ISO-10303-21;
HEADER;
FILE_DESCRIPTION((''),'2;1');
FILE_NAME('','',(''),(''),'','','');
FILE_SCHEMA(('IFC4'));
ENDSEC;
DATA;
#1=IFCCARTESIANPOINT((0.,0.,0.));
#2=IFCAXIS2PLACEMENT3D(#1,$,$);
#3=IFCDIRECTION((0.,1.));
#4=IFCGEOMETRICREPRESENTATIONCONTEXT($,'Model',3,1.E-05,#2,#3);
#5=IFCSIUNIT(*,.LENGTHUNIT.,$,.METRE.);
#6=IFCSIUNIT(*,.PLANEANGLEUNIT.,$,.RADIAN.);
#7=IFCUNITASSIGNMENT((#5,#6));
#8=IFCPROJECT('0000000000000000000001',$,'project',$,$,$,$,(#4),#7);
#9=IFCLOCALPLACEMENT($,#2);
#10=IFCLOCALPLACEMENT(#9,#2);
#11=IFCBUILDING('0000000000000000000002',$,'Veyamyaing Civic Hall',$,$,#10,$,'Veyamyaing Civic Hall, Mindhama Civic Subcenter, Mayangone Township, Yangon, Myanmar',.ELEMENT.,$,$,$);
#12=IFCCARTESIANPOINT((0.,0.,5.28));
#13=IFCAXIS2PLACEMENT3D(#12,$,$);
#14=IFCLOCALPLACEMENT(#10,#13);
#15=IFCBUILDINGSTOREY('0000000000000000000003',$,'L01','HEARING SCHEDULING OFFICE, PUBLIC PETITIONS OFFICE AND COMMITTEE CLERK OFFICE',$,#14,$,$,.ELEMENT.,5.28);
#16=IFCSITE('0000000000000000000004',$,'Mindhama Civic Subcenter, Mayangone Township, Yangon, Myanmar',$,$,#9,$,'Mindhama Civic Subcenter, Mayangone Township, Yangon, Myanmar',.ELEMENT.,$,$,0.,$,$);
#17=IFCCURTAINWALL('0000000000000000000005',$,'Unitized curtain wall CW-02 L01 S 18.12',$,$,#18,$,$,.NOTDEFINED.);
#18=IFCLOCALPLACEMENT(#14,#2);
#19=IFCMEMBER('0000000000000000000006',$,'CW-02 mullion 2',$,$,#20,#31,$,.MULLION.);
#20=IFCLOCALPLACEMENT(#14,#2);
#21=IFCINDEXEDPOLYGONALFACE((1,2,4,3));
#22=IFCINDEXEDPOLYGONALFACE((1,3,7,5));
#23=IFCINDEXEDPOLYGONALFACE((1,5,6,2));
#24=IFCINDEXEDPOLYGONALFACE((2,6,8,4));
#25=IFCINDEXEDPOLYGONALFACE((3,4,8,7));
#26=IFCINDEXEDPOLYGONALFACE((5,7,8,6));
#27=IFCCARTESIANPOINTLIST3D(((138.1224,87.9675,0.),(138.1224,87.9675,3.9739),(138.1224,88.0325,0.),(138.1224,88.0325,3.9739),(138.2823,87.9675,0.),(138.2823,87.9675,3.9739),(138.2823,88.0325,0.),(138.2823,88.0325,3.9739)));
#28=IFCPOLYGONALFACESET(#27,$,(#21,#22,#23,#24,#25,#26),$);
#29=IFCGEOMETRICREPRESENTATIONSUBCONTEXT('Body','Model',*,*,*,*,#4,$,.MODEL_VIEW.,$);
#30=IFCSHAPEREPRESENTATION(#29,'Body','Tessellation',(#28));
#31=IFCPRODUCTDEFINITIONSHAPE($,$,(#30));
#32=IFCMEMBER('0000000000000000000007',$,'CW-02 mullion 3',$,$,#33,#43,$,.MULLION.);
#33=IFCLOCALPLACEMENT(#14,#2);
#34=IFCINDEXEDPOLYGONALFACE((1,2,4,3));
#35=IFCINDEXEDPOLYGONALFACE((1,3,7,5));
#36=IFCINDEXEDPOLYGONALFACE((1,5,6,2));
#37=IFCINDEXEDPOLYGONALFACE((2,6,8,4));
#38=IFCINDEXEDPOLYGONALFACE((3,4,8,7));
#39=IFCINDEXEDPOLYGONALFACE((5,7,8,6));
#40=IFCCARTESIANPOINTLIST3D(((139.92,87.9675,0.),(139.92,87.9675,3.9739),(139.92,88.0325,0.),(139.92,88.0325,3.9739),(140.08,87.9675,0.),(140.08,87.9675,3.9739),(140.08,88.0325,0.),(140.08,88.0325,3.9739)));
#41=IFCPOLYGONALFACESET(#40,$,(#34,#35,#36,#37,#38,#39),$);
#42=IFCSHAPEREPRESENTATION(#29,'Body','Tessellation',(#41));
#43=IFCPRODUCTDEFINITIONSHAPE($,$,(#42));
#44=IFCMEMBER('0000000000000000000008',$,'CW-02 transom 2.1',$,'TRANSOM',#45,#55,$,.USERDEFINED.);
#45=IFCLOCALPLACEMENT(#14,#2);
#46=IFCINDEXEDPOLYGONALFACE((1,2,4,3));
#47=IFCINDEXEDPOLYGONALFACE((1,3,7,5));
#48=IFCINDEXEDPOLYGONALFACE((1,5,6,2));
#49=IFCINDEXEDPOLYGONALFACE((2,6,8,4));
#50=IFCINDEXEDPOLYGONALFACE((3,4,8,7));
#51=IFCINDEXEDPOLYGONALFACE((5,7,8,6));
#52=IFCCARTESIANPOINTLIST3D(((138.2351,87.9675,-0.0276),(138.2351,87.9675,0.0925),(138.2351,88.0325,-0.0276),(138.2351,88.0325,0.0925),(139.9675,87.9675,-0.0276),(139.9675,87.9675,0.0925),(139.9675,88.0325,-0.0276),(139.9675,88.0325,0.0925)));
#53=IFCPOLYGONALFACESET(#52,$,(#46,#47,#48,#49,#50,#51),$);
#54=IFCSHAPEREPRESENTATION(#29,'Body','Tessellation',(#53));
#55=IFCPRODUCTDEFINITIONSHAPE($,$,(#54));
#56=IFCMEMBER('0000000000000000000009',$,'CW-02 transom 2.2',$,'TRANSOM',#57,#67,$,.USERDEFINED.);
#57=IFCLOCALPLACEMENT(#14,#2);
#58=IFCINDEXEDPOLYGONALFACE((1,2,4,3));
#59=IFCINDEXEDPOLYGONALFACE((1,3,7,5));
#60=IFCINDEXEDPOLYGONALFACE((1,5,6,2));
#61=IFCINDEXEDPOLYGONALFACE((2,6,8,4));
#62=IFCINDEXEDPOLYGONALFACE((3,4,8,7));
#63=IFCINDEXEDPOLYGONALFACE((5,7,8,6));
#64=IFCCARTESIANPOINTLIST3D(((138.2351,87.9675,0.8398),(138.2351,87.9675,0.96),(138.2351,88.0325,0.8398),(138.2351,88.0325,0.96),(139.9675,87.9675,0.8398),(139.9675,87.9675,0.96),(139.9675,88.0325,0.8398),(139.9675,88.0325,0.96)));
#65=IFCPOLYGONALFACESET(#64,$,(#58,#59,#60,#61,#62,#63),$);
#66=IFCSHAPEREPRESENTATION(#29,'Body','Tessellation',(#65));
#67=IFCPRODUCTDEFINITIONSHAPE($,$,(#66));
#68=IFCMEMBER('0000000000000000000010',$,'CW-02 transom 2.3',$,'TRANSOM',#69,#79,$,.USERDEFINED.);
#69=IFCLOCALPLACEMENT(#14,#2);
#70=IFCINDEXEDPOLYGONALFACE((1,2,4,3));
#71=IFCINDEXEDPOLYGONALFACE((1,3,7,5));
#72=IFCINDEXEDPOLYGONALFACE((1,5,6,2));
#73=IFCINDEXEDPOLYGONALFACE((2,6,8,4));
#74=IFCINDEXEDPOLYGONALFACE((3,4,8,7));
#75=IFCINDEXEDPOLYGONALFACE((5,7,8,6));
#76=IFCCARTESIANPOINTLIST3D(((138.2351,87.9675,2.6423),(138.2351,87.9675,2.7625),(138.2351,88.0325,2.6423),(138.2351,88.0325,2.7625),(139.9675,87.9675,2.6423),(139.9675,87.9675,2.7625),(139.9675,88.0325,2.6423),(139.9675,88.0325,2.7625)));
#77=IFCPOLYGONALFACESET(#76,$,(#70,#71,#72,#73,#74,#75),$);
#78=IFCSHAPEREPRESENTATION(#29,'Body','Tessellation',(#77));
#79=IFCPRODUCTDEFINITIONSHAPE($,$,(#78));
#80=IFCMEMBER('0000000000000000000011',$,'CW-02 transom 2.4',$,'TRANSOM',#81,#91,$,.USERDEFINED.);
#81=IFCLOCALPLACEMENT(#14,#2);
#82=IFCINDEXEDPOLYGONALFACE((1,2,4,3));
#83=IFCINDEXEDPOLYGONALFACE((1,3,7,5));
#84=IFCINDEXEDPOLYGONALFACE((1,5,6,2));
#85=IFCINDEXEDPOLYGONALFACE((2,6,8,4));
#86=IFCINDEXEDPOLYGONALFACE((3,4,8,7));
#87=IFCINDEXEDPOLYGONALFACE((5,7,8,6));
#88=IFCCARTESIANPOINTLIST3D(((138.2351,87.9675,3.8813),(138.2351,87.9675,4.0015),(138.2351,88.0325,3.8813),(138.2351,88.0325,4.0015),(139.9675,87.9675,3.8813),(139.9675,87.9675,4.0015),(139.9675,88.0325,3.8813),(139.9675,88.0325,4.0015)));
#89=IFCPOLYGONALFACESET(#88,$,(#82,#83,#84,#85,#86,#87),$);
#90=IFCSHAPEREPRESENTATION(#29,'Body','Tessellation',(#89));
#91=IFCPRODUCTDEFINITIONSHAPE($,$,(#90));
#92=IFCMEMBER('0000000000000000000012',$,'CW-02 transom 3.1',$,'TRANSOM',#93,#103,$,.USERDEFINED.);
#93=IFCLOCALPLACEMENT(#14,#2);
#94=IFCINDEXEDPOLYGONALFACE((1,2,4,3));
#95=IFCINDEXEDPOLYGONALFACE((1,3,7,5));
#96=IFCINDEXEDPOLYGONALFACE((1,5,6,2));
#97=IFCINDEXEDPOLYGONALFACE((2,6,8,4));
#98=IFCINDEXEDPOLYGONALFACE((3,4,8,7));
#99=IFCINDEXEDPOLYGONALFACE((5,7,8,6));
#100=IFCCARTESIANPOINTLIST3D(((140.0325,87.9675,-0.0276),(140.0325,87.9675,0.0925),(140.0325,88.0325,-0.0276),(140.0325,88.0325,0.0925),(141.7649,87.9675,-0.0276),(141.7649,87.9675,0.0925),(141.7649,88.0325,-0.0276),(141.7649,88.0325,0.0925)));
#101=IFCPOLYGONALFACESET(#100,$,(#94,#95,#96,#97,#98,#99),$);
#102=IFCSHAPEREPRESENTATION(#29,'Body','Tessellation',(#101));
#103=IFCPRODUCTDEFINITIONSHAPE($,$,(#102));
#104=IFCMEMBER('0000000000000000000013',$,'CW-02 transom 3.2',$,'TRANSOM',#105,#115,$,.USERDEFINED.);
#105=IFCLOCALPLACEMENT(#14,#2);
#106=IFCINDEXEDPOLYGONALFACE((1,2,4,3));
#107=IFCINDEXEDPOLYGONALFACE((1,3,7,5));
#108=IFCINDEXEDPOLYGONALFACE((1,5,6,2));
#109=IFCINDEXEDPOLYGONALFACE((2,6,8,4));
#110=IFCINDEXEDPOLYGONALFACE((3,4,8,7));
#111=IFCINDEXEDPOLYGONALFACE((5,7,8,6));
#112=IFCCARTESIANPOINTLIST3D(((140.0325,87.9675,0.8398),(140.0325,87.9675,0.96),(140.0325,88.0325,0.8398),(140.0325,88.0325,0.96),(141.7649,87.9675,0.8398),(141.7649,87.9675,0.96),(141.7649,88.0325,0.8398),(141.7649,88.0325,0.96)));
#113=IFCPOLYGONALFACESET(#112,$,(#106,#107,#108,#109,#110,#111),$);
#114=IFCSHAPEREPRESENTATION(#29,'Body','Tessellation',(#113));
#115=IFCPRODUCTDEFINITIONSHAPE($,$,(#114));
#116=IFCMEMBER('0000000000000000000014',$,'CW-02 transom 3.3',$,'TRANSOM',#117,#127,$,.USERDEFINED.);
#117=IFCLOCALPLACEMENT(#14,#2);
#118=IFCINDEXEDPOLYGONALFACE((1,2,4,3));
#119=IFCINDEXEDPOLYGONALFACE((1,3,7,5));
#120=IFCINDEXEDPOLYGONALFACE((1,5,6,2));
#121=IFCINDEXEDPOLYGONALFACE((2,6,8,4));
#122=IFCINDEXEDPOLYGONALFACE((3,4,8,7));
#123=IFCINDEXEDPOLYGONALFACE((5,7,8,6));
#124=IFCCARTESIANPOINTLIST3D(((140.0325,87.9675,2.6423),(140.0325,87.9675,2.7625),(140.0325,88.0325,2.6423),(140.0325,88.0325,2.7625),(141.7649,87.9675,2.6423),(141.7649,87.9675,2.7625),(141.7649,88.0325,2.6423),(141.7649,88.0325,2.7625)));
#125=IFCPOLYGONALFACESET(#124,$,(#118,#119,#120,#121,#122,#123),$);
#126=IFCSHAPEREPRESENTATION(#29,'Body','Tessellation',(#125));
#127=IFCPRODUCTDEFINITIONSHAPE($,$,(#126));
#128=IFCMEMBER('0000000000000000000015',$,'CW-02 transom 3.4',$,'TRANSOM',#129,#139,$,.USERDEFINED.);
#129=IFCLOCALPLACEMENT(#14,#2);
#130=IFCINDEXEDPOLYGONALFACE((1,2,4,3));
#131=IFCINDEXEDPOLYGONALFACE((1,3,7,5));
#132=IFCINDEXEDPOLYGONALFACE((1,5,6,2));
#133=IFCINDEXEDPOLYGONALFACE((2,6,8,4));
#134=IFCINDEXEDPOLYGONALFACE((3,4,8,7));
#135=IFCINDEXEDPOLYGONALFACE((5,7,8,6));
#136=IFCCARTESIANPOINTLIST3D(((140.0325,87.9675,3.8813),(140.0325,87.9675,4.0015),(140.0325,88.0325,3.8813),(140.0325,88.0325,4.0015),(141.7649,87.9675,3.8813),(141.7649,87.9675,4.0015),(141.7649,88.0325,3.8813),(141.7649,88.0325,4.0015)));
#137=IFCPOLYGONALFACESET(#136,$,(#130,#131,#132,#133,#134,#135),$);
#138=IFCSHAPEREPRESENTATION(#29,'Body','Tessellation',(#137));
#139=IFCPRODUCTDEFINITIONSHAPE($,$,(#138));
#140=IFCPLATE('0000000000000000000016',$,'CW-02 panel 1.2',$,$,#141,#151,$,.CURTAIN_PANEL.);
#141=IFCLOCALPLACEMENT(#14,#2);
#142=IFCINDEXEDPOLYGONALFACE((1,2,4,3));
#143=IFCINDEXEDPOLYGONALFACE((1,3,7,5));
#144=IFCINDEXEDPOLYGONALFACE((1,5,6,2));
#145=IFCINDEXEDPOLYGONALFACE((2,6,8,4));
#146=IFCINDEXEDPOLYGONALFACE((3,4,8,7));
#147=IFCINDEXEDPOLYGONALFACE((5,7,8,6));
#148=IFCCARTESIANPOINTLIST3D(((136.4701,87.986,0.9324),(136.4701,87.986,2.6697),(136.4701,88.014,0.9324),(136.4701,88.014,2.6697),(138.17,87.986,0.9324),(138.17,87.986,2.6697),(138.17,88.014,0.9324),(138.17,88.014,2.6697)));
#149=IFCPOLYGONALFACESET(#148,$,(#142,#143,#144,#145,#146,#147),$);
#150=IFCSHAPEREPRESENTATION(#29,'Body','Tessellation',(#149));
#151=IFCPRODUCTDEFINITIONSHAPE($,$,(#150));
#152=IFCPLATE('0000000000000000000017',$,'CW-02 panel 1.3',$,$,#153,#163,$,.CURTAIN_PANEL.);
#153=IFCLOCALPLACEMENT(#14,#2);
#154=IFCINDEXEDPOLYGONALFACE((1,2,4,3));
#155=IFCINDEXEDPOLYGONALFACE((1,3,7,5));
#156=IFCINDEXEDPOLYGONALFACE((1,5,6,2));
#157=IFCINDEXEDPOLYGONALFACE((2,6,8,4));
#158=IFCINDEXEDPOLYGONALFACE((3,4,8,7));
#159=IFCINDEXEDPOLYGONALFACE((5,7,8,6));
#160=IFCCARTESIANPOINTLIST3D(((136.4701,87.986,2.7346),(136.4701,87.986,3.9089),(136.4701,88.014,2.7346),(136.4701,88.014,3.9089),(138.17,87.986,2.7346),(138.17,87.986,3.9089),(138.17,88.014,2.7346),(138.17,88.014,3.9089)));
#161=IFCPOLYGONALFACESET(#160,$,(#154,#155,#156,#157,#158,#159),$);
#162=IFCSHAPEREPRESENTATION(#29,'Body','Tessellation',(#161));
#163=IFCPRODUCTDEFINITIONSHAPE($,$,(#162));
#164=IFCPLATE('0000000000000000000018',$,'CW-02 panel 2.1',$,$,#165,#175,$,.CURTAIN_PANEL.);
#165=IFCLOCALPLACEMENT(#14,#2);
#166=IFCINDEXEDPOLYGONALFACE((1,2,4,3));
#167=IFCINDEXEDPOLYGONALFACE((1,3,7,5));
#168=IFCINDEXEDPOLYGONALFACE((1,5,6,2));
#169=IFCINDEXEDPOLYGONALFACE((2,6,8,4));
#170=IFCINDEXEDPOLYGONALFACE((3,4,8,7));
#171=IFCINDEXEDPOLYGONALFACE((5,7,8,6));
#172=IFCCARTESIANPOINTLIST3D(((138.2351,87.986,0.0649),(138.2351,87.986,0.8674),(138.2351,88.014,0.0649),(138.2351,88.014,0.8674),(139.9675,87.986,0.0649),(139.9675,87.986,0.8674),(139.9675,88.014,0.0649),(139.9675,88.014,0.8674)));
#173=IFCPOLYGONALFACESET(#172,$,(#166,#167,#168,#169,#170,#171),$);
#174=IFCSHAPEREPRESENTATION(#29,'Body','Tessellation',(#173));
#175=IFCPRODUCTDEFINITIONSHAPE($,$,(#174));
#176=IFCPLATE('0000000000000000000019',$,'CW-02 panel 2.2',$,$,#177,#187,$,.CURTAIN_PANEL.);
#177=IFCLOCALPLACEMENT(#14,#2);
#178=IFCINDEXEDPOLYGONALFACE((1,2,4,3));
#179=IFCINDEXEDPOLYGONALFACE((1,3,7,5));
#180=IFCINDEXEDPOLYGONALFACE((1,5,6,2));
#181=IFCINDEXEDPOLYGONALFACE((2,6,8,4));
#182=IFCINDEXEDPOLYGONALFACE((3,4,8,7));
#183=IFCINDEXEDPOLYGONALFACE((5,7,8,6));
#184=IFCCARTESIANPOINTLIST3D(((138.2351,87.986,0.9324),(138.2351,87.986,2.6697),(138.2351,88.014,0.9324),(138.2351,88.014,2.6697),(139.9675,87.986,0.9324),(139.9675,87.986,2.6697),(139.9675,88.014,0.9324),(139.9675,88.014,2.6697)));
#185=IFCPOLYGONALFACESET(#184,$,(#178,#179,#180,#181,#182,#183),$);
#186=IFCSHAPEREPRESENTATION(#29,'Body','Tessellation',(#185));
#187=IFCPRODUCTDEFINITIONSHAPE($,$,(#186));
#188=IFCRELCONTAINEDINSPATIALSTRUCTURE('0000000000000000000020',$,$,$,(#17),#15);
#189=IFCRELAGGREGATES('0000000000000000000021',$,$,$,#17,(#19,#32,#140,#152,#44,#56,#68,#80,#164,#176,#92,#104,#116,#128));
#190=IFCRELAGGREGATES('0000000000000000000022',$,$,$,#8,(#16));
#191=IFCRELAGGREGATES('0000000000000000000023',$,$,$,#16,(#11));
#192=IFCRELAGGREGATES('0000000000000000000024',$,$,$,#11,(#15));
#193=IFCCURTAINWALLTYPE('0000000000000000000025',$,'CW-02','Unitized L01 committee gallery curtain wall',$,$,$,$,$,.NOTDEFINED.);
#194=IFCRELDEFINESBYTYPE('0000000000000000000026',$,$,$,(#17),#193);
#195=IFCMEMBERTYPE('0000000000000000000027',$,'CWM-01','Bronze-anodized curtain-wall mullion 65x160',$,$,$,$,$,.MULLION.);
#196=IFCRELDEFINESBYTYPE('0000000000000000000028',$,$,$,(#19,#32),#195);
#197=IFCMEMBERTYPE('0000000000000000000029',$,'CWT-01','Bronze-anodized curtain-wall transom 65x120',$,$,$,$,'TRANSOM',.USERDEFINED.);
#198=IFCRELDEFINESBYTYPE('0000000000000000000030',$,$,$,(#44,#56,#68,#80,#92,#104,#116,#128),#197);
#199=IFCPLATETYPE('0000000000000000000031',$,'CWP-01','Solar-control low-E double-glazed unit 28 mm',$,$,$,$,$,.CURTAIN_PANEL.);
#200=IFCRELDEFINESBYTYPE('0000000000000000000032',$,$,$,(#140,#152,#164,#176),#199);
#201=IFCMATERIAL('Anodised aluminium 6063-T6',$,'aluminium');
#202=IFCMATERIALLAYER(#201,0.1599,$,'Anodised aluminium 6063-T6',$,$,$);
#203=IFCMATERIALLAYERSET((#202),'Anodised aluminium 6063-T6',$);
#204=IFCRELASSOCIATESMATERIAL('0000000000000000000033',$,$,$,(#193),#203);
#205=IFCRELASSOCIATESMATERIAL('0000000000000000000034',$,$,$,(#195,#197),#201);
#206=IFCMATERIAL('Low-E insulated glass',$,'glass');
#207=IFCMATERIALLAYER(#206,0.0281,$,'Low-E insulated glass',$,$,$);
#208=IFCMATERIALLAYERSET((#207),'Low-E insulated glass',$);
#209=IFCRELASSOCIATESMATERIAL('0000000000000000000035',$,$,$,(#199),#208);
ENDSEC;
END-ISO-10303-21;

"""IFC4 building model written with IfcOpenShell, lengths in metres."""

from ifc_helpers import new_model, si_unit, direction, frame, origin, origin_2d, place, context, subcontext, project, spatial, rectangle, extrude, material, layer, layer_set, material_profile, profile_set, type_object, element, aggregate, save


model = new_model("IFC4")

# Units and contexts
model_context = context("Model", 3, precision=1e-05, world=origin(), true_north=direction((0.0, 1.0)))
body_context = subcontext(model_context, "Body", "Model", "MODEL_VIEW")
ifc_project = project(units=[si_unit("LENGTHUNIT", "METRE"), si_unit("PLANEANGLEUNIT", "RADIAN")], contexts=[model_context])

# Site, building, storey
site_placement = place(None, origin())
site = spatial("IfcSite", under=ifc_project, at=site_placement, Name="Mindhama Civic Subcenter, Mayangone Township, Yangon, Myanmar", LongName="Mindhama Civic Subcenter, Mayangone Township, Yangon, Myanmar", CompositionType="ELEMENT", RefElevation=0.0)
building_placement = place(site_placement, origin())
building = spatial("IfcBuilding", under=site, at=building_placement, Name="Veyamyaing Civic Hall", LongName="Veyamyaing Civic Hall, Mindhama Civic Subcenter, Mayangone Township, Yangon, Myanmar", CompositionType="ELEMENT")
storey_placement = place(building_placement, frame((0.0, 0.0, 5.28)))
storey = spatial("IfcBuildingStorey", under=building, at=storey_placement, Name="L01", Description="HEARING SCHEDULING OFFICE, PUBLIC PETITIONS OFFICE AND COMMITTEE CLERK OFFICE", CompositionType="ELEMENT", Elevation=5.28)

# Curtain wall, members, plates
ifc_material_1 = material(Name="Anodised aluminium 6063-T6", Category="aluminium")
ifc_layer_1 = layer(ifc_material_1, 0.1599, Name="Anodised aluminium 6063-T6")
ifc_layer_set_1 = layer_set([ifc_layer_1], Name="Anodised aluminium 6063-T6")
curtain_wall_type = type_object("IfcCurtainWallType", Name="CW-02", Description="Unitized L01 committee gallery curtain wall", PredefinedType="NOTDEFINED", material=ifc_layer_set_1)
curtain_wall_placement = place(storey_placement, origin())
curtain_wall = element("IfcCurtainWall", 1, at=curtain_wall_placement, inside=storey, type_object=curtain_wall_type, Name="Unitized curtain wall CW-02 L01 S 18.12", PredefinedType="NOTDEFINED")
ifc_material_profile_1 = material_profile(ifc_material_1, rectangle(XDim=0.0649, YDim=0.1599, at=origin_2d()), Name="ALU-MUL-65X160")
ifc_profile_set_1 = profile_set([ifc_material_profile_1], Name="Anodised aluminium 6063-T6")
member_type_1 = type_object("IfcMemberType", Name="CWM-01", Description="Bronze-anodized curtain-wall mullion 65x160", PredefinedType="MULLION", material=ifc_profile_set_1)
member_1_placement = place(storey_placement, frame((138.2024, 88.0, 0.0), z_axis=(0.0, 0.0, 1.0), x_axis=(0.0, 1.0, 0.0)))
member_1 = element("IfcMember", 2, at=member_1_placement, type_object=member_type_1, Name="CW-02 mullion 2", PredefinedType="MULLION", context=body_context, shape_type="SweptSolid", body=[
    extrude(rectangle(XDim=0.0649, YDim=0.1599, at=origin_2d()), origin(), (0.0, 0.0, 1.0), 3.9739),
])
member_2_placement = place(storey_placement, frame((140.0, 88.0, 0.0), z_axis=(0.0, 0.0, 1.0), x_axis=(0.0, 1.0, 0.0)))
member_2 = element("IfcMember", 3, at=member_2_placement, type_object=member_type_1, Name="CW-02 mullion 3", PredefinedType="MULLION", context=body_context, shape_type="SweptSolid", body=[
    extrude(rectangle(XDim=0.0649, YDim=0.1599, at=origin_2d()), origin(), (0.0, 0.0, 1.0), 3.9739),
])
ifc_material_profile_2 = material_profile(ifc_material_1, rectangle(XDim=0.0649, YDim=0.1201, at=origin_2d()), Name="ALU-TRN-65X120")
ifc_profile_set_2 = profile_set([ifc_material_profile_2], Name="Anodised aluminium 6063-T6")
member_type_2 = type_object("IfcMemberType", Name="CWT-01", Description="Bronze-anodized curtain-wall transom 65x120", ElementType="TRANSOM", PredefinedType="USERDEFINED", material=ifc_profile_set_2)
member_3_placement = place(storey_placement, frame((138.2351, 88.0, 0.0325), z_axis=(1.0, 0.0, 0.0), x_axis=(0.0, 1.0, 0.0)))
member_3 = element("IfcMember", 4, at=member_3_placement, type_object=member_type_2, Name="CW-02 transom 2.1", ObjectType="TRANSOM", PredefinedType="USERDEFINED", context=body_context, shape_type="SweptSolid", body=[
    extrude(rectangle(XDim=0.0649, YDim=0.1201, at=origin_2d()), origin(), (0.0, 0.0, 1.0), 1.7324),
])
member_4_placement = place(storey_placement, frame((138.2351, 88.0, 0.8999), z_axis=(1.0, 0.0, 0.0), x_axis=(0.0, 1.0, 0.0)))
member_4 = element("IfcMember", 5, at=member_4_placement, type_object=member_type_2, Name="CW-02 transom 2.2", ObjectType="TRANSOM", PredefinedType="USERDEFINED", context=body_context, shape_type="SweptSolid", body=[
    extrude(rectangle(XDim=0.0649, YDim=0.1201, at=origin_2d()), origin(), (0.0, 0.0, 1.0), 1.7324),
])
member_5_placement = place(storey_placement, frame((138.2351, 88.0, 2.7024), z_axis=(1.0, 0.0, 0.0), x_axis=(0.0, 1.0, 0.0)))
member_5 = element("IfcMember", 6, at=member_5_placement, type_object=member_type_2, Name="CW-02 transom 2.3", ObjectType="TRANSOM", PredefinedType="USERDEFINED", context=body_context, shape_type="SweptSolid", body=[
    extrude(rectangle(XDim=0.0649, YDim=0.1201, at=origin_2d()), origin(), (0.0, 0.0, 1.0), 1.7324),
])
member_6_placement = place(storey_placement, frame((138.2351, 88.0, 3.9414), z_axis=(1.0, 0.0, 0.0), x_axis=(0.0, 1.0, 0.0)))
member_6 = element("IfcMember", 7, at=member_6_placement, type_object=member_type_2, Name="CW-02 transom 2.4", ObjectType="TRANSOM", PredefinedType="USERDEFINED", context=body_context, shape_type="SweptSolid", body=[
    extrude(rectangle(XDim=0.0649, YDim=0.1201, at=origin_2d()), origin(), (0.0, 0.0, 1.0), 1.7324),
])
member_7_placement = place(storey_placement, frame((140.0325, 88.0, 0.0325), z_axis=(1.0, 0.0, 0.0), x_axis=(0.0, 1.0, 0.0)))
member_7 = element("IfcMember", 8, at=member_7_placement, type_object=member_type_2, Name="CW-02 transom 3.1", ObjectType="TRANSOM", PredefinedType="USERDEFINED", context=body_context, shape_type="SweptSolid", body=[
    extrude(rectangle(XDim=0.0649, YDim=0.1201, at=origin_2d()), origin(), (0.0, 0.0, 1.0), 1.7324),
])
member_8_placement = place(storey_placement, frame((140.0325, 88.0, 0.8999), z_axis=(1.0, 0.0, 0.0), x_axis=(0.0, 1.0, 0.0)))
member_8 = element("IfcMember", 9, at=member_8_placement, type_object=member_type_2, Name="CW-02 transom 3.2", ObjectType="TRANSOM", PredefinedType="USERDEFINED", context=body_context, shape_type="SweptSolid", body=[
    extrude(rectangle(XDim=0.0649, YDim=0.1201, at=origin_2d()), origin(), (0.0, 0.0, 1.0), 1.7324),
])
member_9_placement = place(storey_placement, frame((140.0325, 88.0, 2.7024), z_axis=(1.0, 0.0, 0.0), x_axis=(0.0, 1.0, 0.0)))
member_9 = element("IfcMember", 10, at=member_9_placement, type_object=member_type_2, Name="CW-02 transom 3.3", ObjectType="TRANSOM", PredefinedType="USERDEFINED", context=body_context, shape_type="SweptSolid", body=[
    extrude(rectangle(XDim=0.0649, YDim=0.1201, at=origin_2d()), origin(), (0.0, 0.0, 1.0), 1.7324),
])
member_10_placement = place(storey_placement, frame((140.0325, 88.0, 3.9414), z_axis=(1.0, 0.0, 0.0), x_axis=(0.0, 1.0, 0.0)))
member_10 = element("IfcMember", 11, at=member_10_placement, type_object=member_type_2, Name="CW-02 transom 3.4", ObjectType="TRANSOM", PredefinedType="USERDEFINED", context=body_context, shape_type="SweptSolid", body=[
    extrude(rectangle(XDim=0.0649, YDim=0.1201, at=origin_2d()), origin(), (0.0, 0.0, 1.0), 1.7324),
])
ifc_material_2 = material(Name="Low-E insulated glass", Category="glass")
ifc_layer_2 = layer(ifc_material_2, 0.0281, Name="Low-E insulated glass")
ifc_layer_set_2 = layer_set([ifc_layer_2], Name="Low-E insulated glass")
plate_type = type_object("IfcPlateType", Name="CWP-01", Description="Solar-control low-E double-glazed unit 28 mm", PredefinedType="CURTAIN_PANEL", material=ifc_layer_set_2)
plate_1_placement = place(storey_placement, frame((137.3201, 88.0, 0.9324), z_axis=(0.0, 0.0, 1.0), x_axis=(1.0, 0.0, 0.0)))
plate_1 = element("IfcPlate", 12, at=plate_1_placement, type_object=plate_type, Name="CW-02 panel 1.2", PredefinedType="CURTAIN_PANEL", context=body_context, shape_type="SweptSolid", body=[
    extrude(rectangle(XDim=1.7, YDim=0.0281, at=origin_2d()), origin(), (0.0, 0.0, 1.0), 1.7373),
])
plate_2_placement = place(storey_placement, frame((137.3201, 88.0, 2.7346), z_axis=(0.0, 0.0, 1.0), x_axis=(1.0, 0.0, 0.0)))
plate_2 = element("IfcPlate", 13, at=plate_2_placement, type_object=plate_type, Name="CW-02 panel 1.3", PredefinedType="CURTAIN_PANEL", context=body_context, shape_type="SweptSolid", body=[
    extrude(rectangle(XDim=1.7, YDim=0.0281, at=origin_2d()), origin(), (0.0, 0.0, 1.0), 1.1743),
])
plate_3_placement = place(storey_placement, frame((139.1013, 88.0, 0.0649), z_axis=(0.0, 0.0, 1.0), x_axis=(1.0, 0.0, 0.0)))
plate_3 = element("IfcPlate", 14, at=plate_3_placement, type_object=plate_type, Name="CW-02 panel 2.1", PredefinedType="CURTAIN_PANEL", context=body_context, shape_type="SweptSolid", body=[
    extrude(rectangle(XDim=1.7324, YDim=0.0281, at=origin_2d()), origin(), (0.0, 0.0, 1.0), 0.8025),
])
plate_4_placement = place(storey_placement, frame((139.1013, 88.0, 0.9324), z_axis=(0.0, 0.0, 1.0), x_axis=(1.0, 0.0, 0.0)))
plate_4 = element("IfcPlate", 15, at=plate_4_placement, type_object=plate_type, Name="CW-02 panel 2.2", PredefinedType="CURTAIN_PANEL", context=body_context, shape_type="SweptSolid", body=[
    extrude(rectangle(XDim=1.7324, YDim=0.0281, at=origin_2d()), origin(), (0.0, 0.0, 1.0), 1.7373),
])
aggregate(curtain_wall, [member_1, member_2, plate_1, plate_2, member_3, member_4, member_5, member_6, plate_3, plate_4, member_7, member_8, member_9, member_10])

save(model, "model.ifc")
